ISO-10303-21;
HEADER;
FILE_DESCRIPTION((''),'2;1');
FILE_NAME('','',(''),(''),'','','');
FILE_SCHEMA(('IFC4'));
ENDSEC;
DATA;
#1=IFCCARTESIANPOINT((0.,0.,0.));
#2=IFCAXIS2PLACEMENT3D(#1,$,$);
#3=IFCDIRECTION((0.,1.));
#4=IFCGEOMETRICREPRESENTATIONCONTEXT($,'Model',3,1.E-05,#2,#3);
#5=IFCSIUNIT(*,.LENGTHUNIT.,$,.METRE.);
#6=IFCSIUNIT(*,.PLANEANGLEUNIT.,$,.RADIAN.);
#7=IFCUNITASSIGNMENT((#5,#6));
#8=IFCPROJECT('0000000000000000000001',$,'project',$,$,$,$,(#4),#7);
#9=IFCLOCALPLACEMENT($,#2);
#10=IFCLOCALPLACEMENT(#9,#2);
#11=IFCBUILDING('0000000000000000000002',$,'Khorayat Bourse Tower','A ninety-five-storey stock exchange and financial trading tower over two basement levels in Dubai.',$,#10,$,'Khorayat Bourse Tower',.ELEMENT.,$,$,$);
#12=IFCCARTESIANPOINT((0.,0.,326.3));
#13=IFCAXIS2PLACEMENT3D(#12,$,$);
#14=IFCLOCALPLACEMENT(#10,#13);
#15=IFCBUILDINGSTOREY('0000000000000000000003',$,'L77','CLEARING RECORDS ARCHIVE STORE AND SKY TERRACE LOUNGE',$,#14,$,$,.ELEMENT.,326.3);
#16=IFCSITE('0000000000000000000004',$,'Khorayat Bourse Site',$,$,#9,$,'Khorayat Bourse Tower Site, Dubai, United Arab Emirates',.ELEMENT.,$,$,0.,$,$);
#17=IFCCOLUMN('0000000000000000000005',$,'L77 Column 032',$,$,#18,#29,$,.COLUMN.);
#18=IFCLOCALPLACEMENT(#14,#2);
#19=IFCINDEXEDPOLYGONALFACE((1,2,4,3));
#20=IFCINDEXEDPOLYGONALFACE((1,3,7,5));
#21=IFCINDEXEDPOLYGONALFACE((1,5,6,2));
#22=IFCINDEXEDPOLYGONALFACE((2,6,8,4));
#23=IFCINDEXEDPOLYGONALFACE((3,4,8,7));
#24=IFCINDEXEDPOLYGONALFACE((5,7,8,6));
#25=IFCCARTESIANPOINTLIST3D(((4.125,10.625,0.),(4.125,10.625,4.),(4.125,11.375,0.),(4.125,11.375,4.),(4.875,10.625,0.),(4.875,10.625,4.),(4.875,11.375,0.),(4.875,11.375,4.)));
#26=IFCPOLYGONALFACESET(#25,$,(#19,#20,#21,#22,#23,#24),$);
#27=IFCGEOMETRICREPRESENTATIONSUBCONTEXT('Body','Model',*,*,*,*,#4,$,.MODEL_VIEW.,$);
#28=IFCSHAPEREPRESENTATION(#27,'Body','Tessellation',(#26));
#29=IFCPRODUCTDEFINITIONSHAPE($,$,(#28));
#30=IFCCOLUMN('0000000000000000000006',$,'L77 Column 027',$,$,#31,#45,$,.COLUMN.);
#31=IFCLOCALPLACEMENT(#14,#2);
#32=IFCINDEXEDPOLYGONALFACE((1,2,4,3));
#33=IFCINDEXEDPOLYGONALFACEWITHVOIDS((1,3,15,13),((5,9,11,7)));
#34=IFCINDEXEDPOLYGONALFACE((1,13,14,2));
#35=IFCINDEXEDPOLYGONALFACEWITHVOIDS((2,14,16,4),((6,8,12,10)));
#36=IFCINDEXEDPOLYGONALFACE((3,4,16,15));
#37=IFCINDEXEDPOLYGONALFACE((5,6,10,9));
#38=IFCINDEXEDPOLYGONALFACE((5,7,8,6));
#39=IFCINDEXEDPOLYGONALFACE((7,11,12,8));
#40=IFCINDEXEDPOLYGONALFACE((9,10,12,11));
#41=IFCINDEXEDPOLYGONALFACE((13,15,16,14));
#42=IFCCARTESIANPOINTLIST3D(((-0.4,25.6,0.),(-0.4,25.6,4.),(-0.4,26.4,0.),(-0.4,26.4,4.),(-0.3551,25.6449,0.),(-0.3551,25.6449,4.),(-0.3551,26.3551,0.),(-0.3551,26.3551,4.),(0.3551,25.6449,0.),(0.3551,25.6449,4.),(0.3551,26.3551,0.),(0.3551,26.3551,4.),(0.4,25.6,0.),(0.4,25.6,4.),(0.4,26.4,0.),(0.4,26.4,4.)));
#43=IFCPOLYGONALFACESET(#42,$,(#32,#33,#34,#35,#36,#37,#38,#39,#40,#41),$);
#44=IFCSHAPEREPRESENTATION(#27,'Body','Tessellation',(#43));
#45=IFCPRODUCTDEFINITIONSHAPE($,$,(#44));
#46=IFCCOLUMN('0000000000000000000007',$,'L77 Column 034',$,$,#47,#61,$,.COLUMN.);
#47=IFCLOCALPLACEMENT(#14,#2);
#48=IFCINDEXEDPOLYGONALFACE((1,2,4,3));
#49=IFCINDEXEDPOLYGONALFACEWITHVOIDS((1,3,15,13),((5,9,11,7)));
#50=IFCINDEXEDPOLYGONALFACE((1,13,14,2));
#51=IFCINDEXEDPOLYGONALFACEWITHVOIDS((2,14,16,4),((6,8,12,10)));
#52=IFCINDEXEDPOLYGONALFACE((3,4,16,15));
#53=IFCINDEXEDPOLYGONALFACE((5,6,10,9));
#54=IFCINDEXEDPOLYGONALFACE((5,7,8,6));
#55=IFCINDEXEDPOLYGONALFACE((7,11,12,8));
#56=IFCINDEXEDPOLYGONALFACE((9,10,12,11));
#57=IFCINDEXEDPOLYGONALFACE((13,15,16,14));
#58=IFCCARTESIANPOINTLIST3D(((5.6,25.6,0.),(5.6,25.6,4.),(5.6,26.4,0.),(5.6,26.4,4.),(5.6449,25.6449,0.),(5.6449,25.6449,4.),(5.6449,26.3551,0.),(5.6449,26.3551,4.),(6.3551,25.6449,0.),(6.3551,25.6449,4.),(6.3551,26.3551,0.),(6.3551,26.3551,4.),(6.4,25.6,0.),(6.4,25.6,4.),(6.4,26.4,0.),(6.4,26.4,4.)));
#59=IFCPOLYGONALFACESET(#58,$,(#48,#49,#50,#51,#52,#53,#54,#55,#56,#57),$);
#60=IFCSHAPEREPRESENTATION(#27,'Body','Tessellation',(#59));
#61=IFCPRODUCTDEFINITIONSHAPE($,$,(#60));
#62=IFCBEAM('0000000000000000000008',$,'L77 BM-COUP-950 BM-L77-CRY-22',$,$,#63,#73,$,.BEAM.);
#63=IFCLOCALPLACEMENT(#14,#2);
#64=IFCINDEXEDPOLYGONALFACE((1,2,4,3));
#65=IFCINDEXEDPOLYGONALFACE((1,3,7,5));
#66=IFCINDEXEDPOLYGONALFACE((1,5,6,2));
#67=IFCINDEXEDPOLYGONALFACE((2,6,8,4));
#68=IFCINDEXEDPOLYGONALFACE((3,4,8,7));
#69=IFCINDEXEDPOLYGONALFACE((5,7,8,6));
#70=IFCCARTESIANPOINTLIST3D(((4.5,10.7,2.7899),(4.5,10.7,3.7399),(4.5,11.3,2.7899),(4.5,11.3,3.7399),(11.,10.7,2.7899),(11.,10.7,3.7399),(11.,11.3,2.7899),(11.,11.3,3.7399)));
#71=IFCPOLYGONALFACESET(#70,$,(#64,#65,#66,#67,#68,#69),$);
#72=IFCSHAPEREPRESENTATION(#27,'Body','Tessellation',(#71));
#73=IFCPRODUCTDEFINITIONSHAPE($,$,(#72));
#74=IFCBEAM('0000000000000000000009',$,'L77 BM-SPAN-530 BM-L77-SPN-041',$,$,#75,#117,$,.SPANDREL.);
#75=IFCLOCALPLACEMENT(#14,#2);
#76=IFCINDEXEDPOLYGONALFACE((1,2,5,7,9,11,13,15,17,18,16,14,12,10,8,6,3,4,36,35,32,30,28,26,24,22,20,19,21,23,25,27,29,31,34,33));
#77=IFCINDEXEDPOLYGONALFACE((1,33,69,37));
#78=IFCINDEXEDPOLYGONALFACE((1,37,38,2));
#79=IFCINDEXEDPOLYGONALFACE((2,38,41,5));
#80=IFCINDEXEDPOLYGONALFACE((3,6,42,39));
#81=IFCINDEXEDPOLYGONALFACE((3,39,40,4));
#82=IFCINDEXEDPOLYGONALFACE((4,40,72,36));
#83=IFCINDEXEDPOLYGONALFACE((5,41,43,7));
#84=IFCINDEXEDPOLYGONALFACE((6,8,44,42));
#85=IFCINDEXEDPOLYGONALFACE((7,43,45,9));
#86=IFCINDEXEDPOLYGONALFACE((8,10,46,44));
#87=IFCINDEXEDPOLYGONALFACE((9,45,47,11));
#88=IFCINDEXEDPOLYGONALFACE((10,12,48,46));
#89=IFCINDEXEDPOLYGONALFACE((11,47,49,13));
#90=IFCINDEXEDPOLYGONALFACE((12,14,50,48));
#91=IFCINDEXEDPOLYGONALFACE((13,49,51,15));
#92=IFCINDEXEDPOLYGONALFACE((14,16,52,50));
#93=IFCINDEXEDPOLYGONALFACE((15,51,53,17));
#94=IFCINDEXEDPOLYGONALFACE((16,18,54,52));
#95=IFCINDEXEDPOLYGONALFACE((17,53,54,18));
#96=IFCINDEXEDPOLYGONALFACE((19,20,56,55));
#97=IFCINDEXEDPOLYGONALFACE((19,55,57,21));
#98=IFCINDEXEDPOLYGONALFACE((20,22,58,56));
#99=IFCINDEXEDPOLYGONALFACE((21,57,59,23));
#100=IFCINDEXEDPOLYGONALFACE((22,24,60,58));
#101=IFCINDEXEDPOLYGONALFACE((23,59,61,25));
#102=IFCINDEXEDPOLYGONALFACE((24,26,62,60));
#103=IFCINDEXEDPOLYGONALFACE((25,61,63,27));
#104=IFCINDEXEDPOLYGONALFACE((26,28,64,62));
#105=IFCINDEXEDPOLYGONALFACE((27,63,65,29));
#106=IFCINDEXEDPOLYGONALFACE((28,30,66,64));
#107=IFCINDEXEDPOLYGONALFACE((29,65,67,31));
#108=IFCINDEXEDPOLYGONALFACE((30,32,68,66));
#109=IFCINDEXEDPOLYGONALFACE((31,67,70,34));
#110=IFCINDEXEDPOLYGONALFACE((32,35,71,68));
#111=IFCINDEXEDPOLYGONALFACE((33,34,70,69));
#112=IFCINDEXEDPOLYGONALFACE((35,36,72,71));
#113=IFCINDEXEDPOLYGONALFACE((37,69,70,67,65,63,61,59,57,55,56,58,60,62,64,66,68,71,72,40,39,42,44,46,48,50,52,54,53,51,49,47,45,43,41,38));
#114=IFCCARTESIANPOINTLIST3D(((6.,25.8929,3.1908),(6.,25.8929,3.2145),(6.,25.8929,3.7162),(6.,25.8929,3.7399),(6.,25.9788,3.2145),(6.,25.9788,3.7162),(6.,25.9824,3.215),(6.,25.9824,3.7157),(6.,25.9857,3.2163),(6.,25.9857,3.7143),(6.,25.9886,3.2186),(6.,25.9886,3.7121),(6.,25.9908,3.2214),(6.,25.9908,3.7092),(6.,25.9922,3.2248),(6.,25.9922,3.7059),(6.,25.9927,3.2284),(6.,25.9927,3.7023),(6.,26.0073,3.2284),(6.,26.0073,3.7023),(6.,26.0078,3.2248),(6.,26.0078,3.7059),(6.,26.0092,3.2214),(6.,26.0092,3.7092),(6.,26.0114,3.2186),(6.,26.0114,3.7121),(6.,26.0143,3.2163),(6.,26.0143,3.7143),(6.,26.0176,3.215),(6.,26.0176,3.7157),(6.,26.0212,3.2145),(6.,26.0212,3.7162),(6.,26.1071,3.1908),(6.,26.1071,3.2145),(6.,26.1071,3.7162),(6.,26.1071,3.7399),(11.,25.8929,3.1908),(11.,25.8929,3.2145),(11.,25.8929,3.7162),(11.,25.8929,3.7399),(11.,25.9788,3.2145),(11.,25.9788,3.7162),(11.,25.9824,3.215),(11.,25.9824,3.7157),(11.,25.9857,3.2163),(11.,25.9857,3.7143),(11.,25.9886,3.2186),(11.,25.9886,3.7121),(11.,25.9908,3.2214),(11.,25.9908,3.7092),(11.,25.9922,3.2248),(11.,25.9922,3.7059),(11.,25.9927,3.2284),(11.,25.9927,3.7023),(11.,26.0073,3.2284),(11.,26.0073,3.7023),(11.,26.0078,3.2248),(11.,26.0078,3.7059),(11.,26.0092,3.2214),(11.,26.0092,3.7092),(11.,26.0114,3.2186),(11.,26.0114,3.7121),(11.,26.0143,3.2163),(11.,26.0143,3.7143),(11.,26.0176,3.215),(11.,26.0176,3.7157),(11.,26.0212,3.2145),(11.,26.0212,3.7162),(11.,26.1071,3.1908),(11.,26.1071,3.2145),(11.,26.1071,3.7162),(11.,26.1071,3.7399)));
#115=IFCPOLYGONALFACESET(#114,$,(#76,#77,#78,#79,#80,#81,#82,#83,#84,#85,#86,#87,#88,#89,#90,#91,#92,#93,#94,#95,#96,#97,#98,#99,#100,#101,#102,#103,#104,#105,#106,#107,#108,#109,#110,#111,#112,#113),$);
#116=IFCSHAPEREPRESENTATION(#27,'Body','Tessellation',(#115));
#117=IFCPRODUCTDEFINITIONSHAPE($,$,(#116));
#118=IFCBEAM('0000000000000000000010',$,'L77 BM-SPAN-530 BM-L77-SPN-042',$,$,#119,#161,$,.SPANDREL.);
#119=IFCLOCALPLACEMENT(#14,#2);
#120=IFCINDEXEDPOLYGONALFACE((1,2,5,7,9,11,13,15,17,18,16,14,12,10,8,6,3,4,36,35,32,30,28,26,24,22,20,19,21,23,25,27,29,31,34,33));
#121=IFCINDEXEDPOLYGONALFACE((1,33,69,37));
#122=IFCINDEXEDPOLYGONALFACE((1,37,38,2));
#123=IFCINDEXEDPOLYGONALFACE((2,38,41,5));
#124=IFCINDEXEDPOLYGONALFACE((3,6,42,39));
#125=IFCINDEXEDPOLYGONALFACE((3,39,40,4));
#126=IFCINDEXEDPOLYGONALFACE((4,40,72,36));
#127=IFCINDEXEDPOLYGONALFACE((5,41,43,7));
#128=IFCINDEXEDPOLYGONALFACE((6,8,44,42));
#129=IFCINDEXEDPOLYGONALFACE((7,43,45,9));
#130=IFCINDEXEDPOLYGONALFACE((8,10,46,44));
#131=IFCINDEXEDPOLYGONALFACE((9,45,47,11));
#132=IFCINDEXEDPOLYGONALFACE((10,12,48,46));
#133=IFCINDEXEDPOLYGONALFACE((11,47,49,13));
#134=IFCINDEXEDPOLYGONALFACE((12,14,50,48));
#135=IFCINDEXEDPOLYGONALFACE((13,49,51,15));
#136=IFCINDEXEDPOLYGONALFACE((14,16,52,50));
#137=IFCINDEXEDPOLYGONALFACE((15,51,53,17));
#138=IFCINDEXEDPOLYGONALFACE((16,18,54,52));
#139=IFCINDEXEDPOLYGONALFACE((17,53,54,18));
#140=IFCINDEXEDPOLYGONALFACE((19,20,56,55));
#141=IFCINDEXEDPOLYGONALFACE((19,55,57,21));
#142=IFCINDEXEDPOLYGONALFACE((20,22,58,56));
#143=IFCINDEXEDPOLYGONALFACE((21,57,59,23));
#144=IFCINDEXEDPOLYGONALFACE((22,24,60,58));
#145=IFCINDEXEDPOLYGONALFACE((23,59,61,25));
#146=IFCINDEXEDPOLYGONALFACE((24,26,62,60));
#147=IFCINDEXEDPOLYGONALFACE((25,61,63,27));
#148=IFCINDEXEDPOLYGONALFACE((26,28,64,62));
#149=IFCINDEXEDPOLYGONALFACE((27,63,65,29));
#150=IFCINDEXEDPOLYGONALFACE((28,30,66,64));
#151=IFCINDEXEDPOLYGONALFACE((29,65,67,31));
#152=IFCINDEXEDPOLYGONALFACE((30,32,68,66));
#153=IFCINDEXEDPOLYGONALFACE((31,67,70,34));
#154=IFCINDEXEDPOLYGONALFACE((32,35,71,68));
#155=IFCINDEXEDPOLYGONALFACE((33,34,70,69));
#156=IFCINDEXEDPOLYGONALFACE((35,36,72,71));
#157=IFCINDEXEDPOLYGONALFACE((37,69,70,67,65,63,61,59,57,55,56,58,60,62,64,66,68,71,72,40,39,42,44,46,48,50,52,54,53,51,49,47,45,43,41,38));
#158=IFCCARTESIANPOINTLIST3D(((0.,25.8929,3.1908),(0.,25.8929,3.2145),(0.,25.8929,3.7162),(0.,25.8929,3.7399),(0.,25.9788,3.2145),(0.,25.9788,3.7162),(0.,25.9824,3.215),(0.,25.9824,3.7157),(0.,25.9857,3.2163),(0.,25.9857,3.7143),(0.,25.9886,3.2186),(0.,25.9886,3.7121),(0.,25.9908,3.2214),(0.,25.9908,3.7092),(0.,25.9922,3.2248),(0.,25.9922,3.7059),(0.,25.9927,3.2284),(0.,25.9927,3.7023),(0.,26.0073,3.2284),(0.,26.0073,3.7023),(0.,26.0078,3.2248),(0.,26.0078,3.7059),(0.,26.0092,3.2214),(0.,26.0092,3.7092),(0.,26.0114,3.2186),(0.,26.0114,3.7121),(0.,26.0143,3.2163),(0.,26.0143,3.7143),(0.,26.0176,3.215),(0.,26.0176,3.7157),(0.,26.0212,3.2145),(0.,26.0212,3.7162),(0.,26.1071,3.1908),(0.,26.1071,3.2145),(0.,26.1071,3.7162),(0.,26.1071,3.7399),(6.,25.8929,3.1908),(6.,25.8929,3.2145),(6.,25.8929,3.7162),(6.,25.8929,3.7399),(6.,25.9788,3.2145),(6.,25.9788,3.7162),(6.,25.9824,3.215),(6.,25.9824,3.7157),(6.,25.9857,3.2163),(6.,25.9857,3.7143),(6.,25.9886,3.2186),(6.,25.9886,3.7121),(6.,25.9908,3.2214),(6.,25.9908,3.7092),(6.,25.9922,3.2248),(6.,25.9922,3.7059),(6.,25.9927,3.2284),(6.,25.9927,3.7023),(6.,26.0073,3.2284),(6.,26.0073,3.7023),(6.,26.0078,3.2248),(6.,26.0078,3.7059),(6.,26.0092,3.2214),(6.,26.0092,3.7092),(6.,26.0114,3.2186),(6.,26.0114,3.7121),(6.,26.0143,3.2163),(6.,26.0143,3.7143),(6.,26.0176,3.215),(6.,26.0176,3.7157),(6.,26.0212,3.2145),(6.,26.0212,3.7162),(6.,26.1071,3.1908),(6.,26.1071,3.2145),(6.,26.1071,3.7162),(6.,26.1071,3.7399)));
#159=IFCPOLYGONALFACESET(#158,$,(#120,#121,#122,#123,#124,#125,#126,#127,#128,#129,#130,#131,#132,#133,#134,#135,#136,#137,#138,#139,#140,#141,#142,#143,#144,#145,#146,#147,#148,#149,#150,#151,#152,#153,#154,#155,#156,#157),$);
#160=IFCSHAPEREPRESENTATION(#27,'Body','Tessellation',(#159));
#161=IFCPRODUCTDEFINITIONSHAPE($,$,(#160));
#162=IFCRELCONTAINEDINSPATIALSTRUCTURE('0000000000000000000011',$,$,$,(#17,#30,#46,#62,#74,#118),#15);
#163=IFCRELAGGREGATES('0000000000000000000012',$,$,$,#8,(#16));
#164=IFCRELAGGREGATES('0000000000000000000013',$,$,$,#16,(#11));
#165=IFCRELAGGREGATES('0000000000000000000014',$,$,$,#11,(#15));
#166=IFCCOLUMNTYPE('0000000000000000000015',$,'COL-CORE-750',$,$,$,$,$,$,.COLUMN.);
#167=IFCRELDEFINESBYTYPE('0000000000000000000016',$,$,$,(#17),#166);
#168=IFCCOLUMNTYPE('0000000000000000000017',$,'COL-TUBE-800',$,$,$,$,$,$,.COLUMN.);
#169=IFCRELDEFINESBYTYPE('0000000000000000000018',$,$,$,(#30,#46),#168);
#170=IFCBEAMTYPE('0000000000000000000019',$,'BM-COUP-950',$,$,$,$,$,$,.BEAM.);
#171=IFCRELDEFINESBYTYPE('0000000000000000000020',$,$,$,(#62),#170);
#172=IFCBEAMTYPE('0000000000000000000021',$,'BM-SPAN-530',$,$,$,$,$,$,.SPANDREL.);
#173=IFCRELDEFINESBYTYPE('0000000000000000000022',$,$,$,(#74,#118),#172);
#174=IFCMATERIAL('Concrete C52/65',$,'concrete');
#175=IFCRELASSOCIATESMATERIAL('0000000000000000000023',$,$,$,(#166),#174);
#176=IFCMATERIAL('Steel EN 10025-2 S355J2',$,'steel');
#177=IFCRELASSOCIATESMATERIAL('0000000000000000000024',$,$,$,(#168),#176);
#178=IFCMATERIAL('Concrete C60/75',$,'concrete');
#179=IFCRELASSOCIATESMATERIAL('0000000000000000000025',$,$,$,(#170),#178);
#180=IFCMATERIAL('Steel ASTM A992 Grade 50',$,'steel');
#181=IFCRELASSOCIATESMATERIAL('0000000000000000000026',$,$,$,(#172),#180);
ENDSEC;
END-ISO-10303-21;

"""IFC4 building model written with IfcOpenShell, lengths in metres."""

from ifc_helpers import new_model, si_unit, direction, frame, origin, origin_2d, place, context, subcontext, project, spatial, rectangle, hollow_rectangle, i_section, extrude, source, transform, mapped, material, material_profile, profile_set, type_object, element, save


model = new_model("IFC4")

# Units and contexts
model_context = context("Model", 3, precision=1e-05, world=origin(), true_north=direction((0.0, 1.0)))
body_context = subcontext(model_context, "Body", "Model", "MODEL_VIEW")
ifc_project = project(units=[si_unit("LENGTHUNIT", "METRE"), si_unit("PLANEANGLEUNIT", "RADIAN")], contexts=[model_context])

# Site, building, storey
site_placement = place(None, origin())
site = spatial("IfcSite", under=ifc_project, at=site_placement, Name="Khorayat Bourse Site", LongName="Khorayat Bourse Tower Site, Dubai, United Arab Emirates", CompositionType="ELEMENT", RefElevation=0.0)
building_placement = place(site_placement, origin())
building = spatial("IfcBuilding", under=site, at=building_placement, Name="Khorayat Bourse Tower", Description="A ninety-five-storey stock exchange and financial trading tower over two basement levels in Dubai.", LongName="Khorayat Bourse Tower", CompositionType="ELEMENT")
storey_placement = place(building_placement, frame((0.0, 0.0, 326.3)))
storey = spatial("IfcBuildingStorey", under=building, at=storey_placement, Name="L77", Description="CLEARING RECORDS ARCHIVE STORE AND SKY TERRACE LOUNGE", CompositionType="ELEMENT", Elevation=326.3)

# Columns
ifc_material_1 = material(Name="Concrete C52/65", Category="concrete")
ifc_material_profile_1 = material_profile(ifc_material_1, rectangle(XDim=0.75, YDim=0.75, at=origin_2d()), Name="RC 750x750")
ifc_profile_set_1 = profile_set([ifc_material_profile_1], Name="Concrete C52/65")
column_type_1 = type_object("IfcColumnType", Name="COL-CORE-750", PredefinedType="COLUMN", material=ifc_profile_set_1)
shared_shape_1 = source(origin(), body_context, "Body", "SweptSolid", [
    extrude(rectangle(XDim=0.75, YDim=0.75, at=origin_2d()), origin(), (0.0, 0.0, 1.0), 4.0),
])
column_placement = place(storey_placement, frame((4.5, 11.0, 0.0), z_axis=(0.0, 0.0, 1.0), x_axis=(1.0, 0.0, 0.0)))
element("IfcColumn", 1, at=column_placement, inside=storey, type_object=column_type_1, Name="L77 Column 032", PredefinedType="COLUMN", context=body_context, shape_type="MappedRepresentation", body=[
    mapped(shared_shape_1, transform((0.0, 0.0, 0.0), scale=1.0)),
])
ifc_material_2 = material(Name="Steel EN 10025-2 S355J2", Category="steel")
ifc_material_profile_2 = material_profile(ifc_material_2, hollow_rectangle(XDim=0.8, YDim=0.8, WallThickness=0.0449, at=origin_2d()), Name="BOX 800x800x45")
ifc_profile_set_2 = profile_set([ifc_material_profile_2], Name="Steel EN 10025-2 S355J2")
column_type_2 = type_object("IfcColumnType", Name="COL-TUBE-800", PredefinedType="COLUMN", material=ifc_profile_set_2)
shared_shape_2 = source(origin(), body_context, "Body", "SweptSolid", [
    extrude(hollow_rectangle(XDim=0.8, YDim=0.8, WallThickness=0.0449, at=origin_2d()), origin(), (0.0, 0.0, 1.0), 4.0),
])
for number, where, z_axis, x_axis, name in (
    (2, (0.0, 26.0, 0.0), (0.0, 0.0, 1.0), (1.0, 0.0, 0.0), "L77 Column 027"),
    (3, (6.0, 26.0, 0.0), (0.0, 0.0, 1.0), (1.0, 0.0, 0.0), "L77 Column 034"),
):
    element("IfcColumn", number, at=place(storey_placement, frame(where, z_axis=z_axis, x_axis=x_axis)), inside=storey, type_object=column_type_2, Name=name, PredefinedType="COLUMN", context=body_context, shape_type="MappedRepresentation", body=[
        mapped(shared_shape_2, transform((0.0, 0.0, 0.0), scale=1.0)),
    ])

# Beams
ifc_material_3 = material(Name="Concrete C60/75", Category="concrete")
ifc_material_profile_3 = material_profile(ifc_material_3, rectangle(XDim=0.6001, YDim=0.95, at=origin_2d()), Name="RC 600x950")
ifc_profile_set_3 = profile_set([ifc_material_profile_3], Name="Concrete C60/75")
beam_type_1 = type_object("IfcBeamType", Name="BM-COUP-950", PredefinedType="BEAM", material=ifc_profile_set_3)
shared_shape_3 = source(origin(), body_context, "Body", "SweptSolid", [
    extrude(rectangle(XDim=0.6001, YDim=0.95, at=origin_2d()), origin(), (0.0, 0.0, 1.0), 6.5),
])
beam_1_placement = place(storey_placement, frame((4.5, 11.0, 3.2649), z_axis=(1.0, 0.0, 0.0), x_axis=(0.0, 1.0, 0.0)))
element("IfcBeam", 4, at=beam_1_placement, inside=storey, type_object=beam_type_1, Name="L77 BM-COUP-950 BM-L77-CRY-22", PredefinedType="BEAM", context=body_context, shape_type="MappedRepresentation", body=[
    mapped(shared_shape_3, transform((0.0, 0.0, 0.0), scale=1.0)),
])
ifc_material_4 = material(Name="Steel ASTM A992 Grade 50", Category="steel")
ifc_material_profile_4 = material_profile(ifc_material_4, i_section(OverallWidth=0.2141, OverallDepth=0.5491, WebThickness=0.0146, FlangeThickness=0.0237, FilletRadius=0.0139, at=origin_2d()), Name="W530X138")
ifc_profile_set_4 = profile_set([ifc_material_profile_4], Name="Steel ASTM A992 Grade 50")
beam_type_2 = type_object("IfcBeamType", Name="BM-SPAN-530", PredefinedType="SPANDREL", material=ifc_profile_set_4)
shared_shape_4 = source(origin(), body_context, "Body", "SweptSolid", [
    extrude(i_section(OverallWidth=0.2141, OverallDepth=0.5491, WebThickness=0.0146, FlangeThickness=0.0237, FilletRadius=0.0139, at=origin_2d()), origin(), (0.0, 0.0, 1.0), 5.0),
])
beam_2_placement = place(storey_placement, frame((6.0, 26.0, 3.4653), z_axis=(1.0, 0.0, 0.0), x_axis=(0.0, 1.0, 0.0)))
element("IfcBeam", 5, at=beam_2_placement, inside=storey, type_object=beam_type_2, Name="L77 BM-SPAN-530 BM-L77-SPN-041", PredefinedType="SPANDREL", context=body_context, shape_type="MappedRepresentation", body=[
    mapped(shared_shape_4, transform((0.0, 0.0, 0.0), scale=1.0)),
])
shared_shape_5 = source(origin(), body_context, "Body", "SweptSolid", [
    extrude(i_section(OverallWidth=0.2141, OverallDepth=0.5491, WebThickness=0.0146, FlangeThickness=0.0237, FilletRadius=0.0139, at=origin_2d()), origin(), (0.0, 0.0, 1.0), 6.0),
])
beam_3_placement = place(storey_placement, frame((0.0, 26.0, 3.4653), z_axis=(1.0, 0.0, 0.0), x_axis=(0.0, 1.0, 0.0)))
element("IfcBeam", 6, at=beam_3_placement, inside=storey, type_object=beam_type_2, Name="L77 BM-SPAN-530 BM-L77-SPN-042", PredefinedType="SPANDREL", context=body_context, shape_type="MappedRepresentation", body=[
    mapped(shared_shape_5, transform((0.0, 0.0, 0.0), scale=1.0)),
])

save(model, "model.ifc")
